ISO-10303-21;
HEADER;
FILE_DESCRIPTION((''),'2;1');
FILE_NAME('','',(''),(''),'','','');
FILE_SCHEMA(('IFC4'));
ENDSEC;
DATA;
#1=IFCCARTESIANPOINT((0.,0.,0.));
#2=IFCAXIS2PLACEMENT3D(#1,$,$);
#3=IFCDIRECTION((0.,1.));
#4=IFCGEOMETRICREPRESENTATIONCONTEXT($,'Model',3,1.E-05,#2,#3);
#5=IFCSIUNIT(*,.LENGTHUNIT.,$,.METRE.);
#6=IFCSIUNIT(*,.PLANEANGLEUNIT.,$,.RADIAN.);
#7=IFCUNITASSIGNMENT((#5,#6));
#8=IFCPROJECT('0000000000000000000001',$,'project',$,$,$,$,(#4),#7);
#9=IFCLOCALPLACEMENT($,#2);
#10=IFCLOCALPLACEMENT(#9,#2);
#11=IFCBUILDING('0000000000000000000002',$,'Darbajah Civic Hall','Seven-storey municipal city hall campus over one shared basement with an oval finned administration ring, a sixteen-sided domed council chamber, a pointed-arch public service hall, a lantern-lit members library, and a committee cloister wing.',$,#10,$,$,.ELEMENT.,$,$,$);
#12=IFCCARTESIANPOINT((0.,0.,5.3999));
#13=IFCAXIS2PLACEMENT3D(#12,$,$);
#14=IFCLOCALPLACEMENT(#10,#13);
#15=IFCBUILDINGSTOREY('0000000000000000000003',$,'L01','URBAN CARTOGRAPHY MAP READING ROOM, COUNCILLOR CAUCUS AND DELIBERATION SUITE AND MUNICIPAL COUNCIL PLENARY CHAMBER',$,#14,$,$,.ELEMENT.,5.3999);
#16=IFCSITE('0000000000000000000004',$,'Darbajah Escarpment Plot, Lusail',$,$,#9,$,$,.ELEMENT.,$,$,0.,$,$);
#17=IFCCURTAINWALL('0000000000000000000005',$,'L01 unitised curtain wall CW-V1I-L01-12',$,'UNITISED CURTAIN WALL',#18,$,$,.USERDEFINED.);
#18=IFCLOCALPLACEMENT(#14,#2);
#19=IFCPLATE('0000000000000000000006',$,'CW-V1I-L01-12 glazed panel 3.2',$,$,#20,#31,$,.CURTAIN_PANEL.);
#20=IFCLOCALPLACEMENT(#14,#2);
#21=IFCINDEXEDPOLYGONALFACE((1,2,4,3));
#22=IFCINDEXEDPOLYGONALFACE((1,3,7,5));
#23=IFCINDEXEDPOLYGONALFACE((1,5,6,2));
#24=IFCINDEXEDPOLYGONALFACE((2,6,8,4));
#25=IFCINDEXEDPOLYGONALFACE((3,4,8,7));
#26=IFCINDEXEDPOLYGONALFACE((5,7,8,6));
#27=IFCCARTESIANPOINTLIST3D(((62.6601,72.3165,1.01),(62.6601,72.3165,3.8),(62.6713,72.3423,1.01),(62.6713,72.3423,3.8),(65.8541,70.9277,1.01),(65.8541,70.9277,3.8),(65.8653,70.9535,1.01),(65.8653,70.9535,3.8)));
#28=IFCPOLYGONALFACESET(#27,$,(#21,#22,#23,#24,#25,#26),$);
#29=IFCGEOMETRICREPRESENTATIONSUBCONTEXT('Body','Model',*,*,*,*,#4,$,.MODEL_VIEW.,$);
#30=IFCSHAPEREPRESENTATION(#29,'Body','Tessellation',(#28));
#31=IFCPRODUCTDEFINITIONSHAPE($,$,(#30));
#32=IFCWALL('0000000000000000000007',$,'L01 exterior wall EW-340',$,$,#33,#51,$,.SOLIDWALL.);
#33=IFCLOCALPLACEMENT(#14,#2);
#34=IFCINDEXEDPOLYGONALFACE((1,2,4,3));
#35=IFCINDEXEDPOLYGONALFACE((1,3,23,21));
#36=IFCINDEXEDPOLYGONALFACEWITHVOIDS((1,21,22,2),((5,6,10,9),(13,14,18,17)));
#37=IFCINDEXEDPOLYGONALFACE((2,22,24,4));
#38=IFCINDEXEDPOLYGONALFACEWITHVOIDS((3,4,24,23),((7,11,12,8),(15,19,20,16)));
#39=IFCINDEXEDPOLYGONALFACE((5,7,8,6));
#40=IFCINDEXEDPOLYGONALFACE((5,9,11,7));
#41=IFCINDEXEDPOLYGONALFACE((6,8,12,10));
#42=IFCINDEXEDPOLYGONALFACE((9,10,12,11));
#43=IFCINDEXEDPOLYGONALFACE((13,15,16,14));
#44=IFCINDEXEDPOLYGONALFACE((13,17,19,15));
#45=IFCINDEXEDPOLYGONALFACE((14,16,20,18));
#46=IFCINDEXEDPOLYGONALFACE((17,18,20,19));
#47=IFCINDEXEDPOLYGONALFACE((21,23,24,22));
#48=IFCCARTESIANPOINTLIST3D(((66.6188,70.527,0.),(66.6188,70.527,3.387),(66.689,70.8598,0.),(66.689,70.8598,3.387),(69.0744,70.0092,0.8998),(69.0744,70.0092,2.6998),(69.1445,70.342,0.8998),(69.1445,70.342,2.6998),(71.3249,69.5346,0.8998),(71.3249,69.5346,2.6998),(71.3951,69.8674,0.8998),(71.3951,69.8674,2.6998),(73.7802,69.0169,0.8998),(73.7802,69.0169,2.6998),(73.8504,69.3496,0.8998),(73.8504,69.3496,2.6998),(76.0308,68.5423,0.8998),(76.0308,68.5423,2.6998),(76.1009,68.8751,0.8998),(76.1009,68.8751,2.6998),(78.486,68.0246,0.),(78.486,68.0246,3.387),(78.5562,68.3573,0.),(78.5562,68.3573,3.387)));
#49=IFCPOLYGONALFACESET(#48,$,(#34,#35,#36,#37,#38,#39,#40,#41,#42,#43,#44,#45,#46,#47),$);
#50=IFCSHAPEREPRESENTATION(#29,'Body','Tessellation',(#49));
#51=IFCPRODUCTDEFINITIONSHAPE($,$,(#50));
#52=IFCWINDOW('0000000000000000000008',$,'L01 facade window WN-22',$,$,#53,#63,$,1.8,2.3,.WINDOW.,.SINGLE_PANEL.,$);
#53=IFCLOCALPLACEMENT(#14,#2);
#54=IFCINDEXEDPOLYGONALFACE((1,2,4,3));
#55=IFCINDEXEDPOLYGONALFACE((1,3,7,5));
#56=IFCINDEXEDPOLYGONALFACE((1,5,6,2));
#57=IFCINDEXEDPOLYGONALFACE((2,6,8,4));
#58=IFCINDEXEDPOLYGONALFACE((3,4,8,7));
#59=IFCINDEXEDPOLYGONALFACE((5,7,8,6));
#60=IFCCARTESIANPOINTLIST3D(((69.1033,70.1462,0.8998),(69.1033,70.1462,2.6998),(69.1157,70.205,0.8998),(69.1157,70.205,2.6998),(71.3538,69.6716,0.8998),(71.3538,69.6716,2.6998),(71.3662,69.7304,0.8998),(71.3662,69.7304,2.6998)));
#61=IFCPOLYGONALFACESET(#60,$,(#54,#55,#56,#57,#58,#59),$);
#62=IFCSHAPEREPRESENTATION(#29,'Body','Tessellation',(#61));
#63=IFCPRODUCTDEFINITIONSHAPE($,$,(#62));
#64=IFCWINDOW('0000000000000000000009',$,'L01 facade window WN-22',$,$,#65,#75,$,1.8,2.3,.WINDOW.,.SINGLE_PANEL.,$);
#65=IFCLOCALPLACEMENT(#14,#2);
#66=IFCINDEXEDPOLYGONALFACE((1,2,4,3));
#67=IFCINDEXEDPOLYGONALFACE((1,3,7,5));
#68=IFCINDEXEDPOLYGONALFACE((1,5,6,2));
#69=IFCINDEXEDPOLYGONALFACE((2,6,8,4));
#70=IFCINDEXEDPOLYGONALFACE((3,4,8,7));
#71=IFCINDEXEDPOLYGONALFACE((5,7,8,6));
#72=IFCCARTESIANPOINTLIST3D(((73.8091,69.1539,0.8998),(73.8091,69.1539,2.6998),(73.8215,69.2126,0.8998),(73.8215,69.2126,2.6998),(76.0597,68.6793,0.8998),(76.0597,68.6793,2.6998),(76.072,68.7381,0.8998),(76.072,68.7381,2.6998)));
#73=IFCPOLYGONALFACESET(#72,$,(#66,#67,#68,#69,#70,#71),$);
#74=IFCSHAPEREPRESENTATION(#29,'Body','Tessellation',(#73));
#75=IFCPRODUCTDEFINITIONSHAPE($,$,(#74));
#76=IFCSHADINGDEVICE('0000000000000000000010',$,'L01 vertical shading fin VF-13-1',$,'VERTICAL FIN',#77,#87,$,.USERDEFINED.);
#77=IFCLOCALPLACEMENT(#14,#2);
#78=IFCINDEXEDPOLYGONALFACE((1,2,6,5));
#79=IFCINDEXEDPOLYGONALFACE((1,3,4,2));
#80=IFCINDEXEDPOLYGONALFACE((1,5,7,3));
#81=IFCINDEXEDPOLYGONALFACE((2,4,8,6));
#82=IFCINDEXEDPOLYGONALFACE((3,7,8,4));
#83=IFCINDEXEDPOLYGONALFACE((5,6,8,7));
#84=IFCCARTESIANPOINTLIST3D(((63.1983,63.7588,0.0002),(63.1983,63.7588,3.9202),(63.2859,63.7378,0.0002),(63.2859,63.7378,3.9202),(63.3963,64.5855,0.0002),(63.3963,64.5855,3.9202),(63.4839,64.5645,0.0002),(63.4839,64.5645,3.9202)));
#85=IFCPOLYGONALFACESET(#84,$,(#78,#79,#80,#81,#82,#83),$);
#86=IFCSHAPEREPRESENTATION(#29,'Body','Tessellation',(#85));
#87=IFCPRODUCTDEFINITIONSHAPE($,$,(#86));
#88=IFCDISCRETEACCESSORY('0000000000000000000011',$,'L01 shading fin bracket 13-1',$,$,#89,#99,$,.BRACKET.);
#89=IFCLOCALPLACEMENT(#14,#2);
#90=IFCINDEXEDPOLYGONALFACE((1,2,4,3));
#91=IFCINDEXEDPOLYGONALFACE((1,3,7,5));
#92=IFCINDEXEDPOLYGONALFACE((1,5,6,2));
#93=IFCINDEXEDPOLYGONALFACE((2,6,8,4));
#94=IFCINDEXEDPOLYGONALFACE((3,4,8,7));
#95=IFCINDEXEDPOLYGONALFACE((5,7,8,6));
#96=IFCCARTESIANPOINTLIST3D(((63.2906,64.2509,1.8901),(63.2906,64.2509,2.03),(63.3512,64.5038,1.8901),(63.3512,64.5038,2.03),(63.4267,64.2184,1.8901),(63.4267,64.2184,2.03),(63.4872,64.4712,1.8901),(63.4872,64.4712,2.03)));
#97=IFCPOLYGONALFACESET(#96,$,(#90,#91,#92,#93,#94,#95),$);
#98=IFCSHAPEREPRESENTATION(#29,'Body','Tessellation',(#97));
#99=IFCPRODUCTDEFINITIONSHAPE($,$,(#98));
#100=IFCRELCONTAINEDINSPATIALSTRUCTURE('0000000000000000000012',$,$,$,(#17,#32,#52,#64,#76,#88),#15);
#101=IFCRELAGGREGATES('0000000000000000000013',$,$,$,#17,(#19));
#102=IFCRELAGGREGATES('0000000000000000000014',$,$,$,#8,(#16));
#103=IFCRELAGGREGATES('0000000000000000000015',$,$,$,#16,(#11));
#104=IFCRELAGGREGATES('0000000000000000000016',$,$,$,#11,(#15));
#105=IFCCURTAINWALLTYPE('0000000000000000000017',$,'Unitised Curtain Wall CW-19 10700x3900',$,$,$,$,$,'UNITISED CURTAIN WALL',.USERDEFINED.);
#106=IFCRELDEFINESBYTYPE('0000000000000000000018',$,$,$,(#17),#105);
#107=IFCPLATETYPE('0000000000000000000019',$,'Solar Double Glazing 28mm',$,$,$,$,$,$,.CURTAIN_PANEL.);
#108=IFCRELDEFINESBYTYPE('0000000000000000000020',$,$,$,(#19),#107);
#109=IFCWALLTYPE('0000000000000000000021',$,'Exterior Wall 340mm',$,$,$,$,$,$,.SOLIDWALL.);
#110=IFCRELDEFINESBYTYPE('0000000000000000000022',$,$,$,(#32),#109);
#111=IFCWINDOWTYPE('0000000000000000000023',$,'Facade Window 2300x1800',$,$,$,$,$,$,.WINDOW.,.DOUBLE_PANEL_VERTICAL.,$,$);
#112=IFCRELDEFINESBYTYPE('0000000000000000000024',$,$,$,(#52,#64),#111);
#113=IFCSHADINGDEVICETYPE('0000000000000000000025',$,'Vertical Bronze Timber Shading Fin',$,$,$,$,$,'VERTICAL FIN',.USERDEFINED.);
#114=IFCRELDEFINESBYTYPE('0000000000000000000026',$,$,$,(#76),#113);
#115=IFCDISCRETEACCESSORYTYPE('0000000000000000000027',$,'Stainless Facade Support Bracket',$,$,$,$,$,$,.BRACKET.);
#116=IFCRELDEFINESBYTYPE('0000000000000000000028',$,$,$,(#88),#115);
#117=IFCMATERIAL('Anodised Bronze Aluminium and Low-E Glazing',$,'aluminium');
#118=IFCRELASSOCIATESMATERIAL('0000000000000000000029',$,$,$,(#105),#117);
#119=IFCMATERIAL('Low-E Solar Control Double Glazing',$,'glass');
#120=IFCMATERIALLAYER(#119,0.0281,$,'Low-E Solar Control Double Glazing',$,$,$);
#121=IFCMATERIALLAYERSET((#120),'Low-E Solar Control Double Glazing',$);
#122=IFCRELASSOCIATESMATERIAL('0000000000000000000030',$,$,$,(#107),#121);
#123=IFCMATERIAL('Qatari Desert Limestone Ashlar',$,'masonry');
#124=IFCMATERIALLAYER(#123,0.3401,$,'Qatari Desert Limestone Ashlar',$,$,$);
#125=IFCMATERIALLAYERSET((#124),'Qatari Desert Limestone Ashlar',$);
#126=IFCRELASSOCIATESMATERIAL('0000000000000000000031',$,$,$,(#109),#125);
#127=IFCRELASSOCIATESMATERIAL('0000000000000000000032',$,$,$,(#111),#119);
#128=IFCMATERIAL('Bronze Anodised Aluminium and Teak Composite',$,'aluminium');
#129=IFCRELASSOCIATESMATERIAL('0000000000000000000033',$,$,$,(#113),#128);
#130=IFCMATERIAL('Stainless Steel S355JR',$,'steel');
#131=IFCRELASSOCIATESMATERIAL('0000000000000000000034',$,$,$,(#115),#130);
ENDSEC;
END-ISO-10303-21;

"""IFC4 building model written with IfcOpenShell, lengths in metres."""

from ifc_helpers import new_model, si_unit, direction, frame, frame_2d, origin, origin_2d, place, context, subcontext, project, spatial, rectangle, extrude, material, layer, layer_set, type_object, element, fill, aggregate, save


model = new_model("IFC4")

# Units and contexts
model_context = context("Model", 3, precision=1e-05, world=origin(), true_north=direction((0.0, 1.0)))
body_context = subcontext(model_context, "Body", "Model", "MODEL_VIEW")
ifc_project = project(units=[si_unit("LENGTHUNIT", "METRE"), si_unit("PLANEANGLEUNIT", "RADIAN")], contexts=[model_context])

# Site, building, storey
site_placement = place(None, origin())
site = spatial("IfcSite", under=ifc_project, at=site_placement, Name="Darbajah Escarpment Plot, Lusail", CompositionType="ELEMENT", RefElevation=0.0)
building_placement = place(site_placement, origin())
building = spatial("IfcBuilding", under=site, at=building_placement, Name="Darbajah Civic Hall", Description="Seven-storey municipal city hall campus over one shared basement with an oval finned administration ring, a sixteen-sided domed council chamber, a pointed-arch public service hall, a lantern-lit members library, and a committee cloister wing.", CompositionType="ELEMENT")
storey_placement = place(building_placement, frame((0.0, 0.0, 5.3999)))
storey = spatial("IfcBuildingStorey", under=building, at=storey_placement, Name="L01", Description="URBAN CARTOGRAPHY MAP READING ROOM, COUNCILLOR CAUCUS AND DELIBERATION SUITE AND MUNICIPAL COUNCIL PLENARY CHAMBER", CompositionType="ELEMENT", Elevation=5.3999)

# Curtain wall
ifc_material_1 = material(Name="Anodised Bronze Aluminium and Low-E Glazing", Category="aluminium")
curtain_wall_type_1 = type_object("IfcCurtainWallType", Name="Unitised Curtain Wall CW-19 10700x3900", ElementType="UNITISED CURTAIN WALL", PredefinedType="USERDEFINED", material=ifc_material_1)
curtain_wall_1_placement = place(storey_placement, origin())
curtain_wall_1 = element("IfcCurtainWall", 1, at=curtain_wall_1_placement, inside=storey, type_object=curtain_wall_type_1, Name="L01 unitised curtain wall CW-V1I-L01-12", ObjectType="UNITISED CURTAIN WALL", PredefinedType="USERDEFINED")

# Plate
ifc_material_2 = material(Name="Low-E Solar Control Double Glazing", Category="glass")
ifc_layer_1 = layer(ifc_material_2, 0.0281, Name="Low-E Solar Control Double Glazing")
ifc_layer_set_1 = layer_set([ifc_layer_1], Name="Low-E Solar Control Double Glazing")
plate_type = type_object("IfcPlateType", Name="Solar Double Glazing 28mm", PredefinedType="CURTAIN_PANEL", material=ifc_layer_set_1)
plate_1_placement = place(storey_placement, frame((64.2627, 71.635, 1.01), z_axis=(0.0, 0.0, 1.0), x_axis=(0.91706, -0.398749, 0.0)))
plate_1 = element("IfcPlate", 2, at=plate_1_placement, type_object=plate_type, Name="CW-V1I-L01-12 glazed panel 3.2", PredefinedType="CURTAIN_PANEL", context=body_context, shape_type="SweptSolid", body=[
    extrude(rectangle(XDim=3.4829, YDim=0.0281, at=origin_2d()), origin(), (0.0, 0.0, 1.0), 2.79),
])
aggregate(curtain_wall_1, [plate_1])

# Wall, openings, windows
ifc_material_3 = material(Name="Qatari Desert Limestone Ashlar", Category="masonry")
ifc_layer_2 = layer(ifc_material_3, 0.3401, Name="Qatari Desert Limestone Ashlar")
ifc_layer_set_2 = layer_set([ifc_layer_2], Name="Qatari Desert Limestone Ashlar")
wall_type = type_object("IfcWallType", Name="Exterior Wall 340mm", PredefinedType="SOLIDWALL", material=ifc_layer_set_2)
wall_placement = place(storey_placement, frame((66.6541, 70.6934, 0.0), z_axis=(0.0, 0.0, 1.0), x_axis=(0.978482, -0.206333, 0.0)))
wall = element("IfcWall", 3, at=wall_placement, inside=storey, type_object=wall_type, Name="L01 exterior wall EW-340", PredefinedType="SOLIDWALL", context=body_context, shape_type="SweptSolid", body=[
    extrude(rectangle(XDim=12.1282, YDim=0.3401, at=frame_2d((6.064, 0.0))), origin(), (0.0, 0.0, 1.0), 3.387),
])
opening_1_placement = place(wall_placement, frame((2.5095, 0.0, 0.8999)))
opening_1 = element("IfcOpeningElement", 4, at=opening_1_placement, cuts=wall, PredefinedType="OPENING", context=body_context, shape_type="SweptSolid", body=[
    extrude(rectangle(XDim=2.3, YDim=1.8, at=frame_2d((1.1499, 0.8999))), frame((0.0, 0.1799, 0.0), z_axis=(0.0, -1.0, 0.0), x_axis=(1.0, 0.0, 0.0)), (0.0, 0.0, 1.0), 0.3601),
])
opening_2_placement = place(wall_placement, frame((7.3188, 0.0, 0.8999)))
opening_2 = element("IfcOpeningElement", 5, at=opening_2_placement, cuts=wall, PredefinedType="OPENING", context=body_context, shape_type="SweptSolid", body=[
    extrude(rectangle(XDim=2.3, YDim=1.8, at=frame_2d((1.1499, 0.8999))), frame((0.0, 0.1799, 0.0), z_axis=(0.0, -1.0, 0.0), x_axis=(1.0, 0.0, 0.0)), (0.0, 0.0, 1.0), 0.3601),
])
window_type = type_object("IfcWindowType", Name="Facade Window 2300x1800", PartitioningType="DOUBLE_PANEL_VERTICAL", PredefinedType="WINDOW", material=ifc_material_2)
window_1_placement = place(opening_1_placement, origin())
window_1 = element("IfcWindow", 6, at=window_1_placement, inside=storey, type_object=window_type, Name="L01 facade window WN-22", OverallHeight=1.8, OverallWidth=2.3, PartitioningType="SINGLE_PANEL", PredefinedType="WINDOW", context=body_context, shape_type="SweptSolid", body=[
    extrude(rectangle(XDim=2.3, YDim=1.8, at=frame_2d((1.1499, 0.8999))), frame((0.0, 0.03, 0.0), z_axis=(0.0, -1.0, 0.0), x_axis=(1.0, 0.0, 0.0)), (0.0, 0.0, 1.0), 0.0601),
])
fill(opening_1, window_1)
window_2_placement = place(opening_2_placement, origin())
window_2 = element("IfcWindow", 7, at=window_2_placement, inside=storey, type_object=window_type, Name="L01 facade window WN-22", OverallHeight=1.8, OverallWidth=2.3, PartitioningType="SINGLE_PANEL", PredefinedType="WINDOW", context=body_context, shape_type="SweptSolid", body=[
    extrude(rectangle(XDim=2.3, YDim=1.8, at=frame_2d((1.1499, 0.8999))), frame((0.0, 0.03, 0.0), z_axis=(0.0, -1.0, 0.0), x_axis=(1.0, 0.0, 0.0)), (0.0, 0.0, 1.0), 0.0601),
])
fill(opening_2, window_2)

# Shading device
ifc_material_4 = material(Name="Bronze Anodised Aluminium and Teak Composite", Category="aluminium")
shading_device_type = type_object("IfcShadingDeviceType", Name="Vertical Bronze Timber Shading Fin", ElementType="VERTICAL FIN", PredefinedType="USERDEFINED", material=ifc_material_4)
shading_device_placement = place(storey_placement, frame((63.3411, 64.1616, 0.0002), z_axis=(0.0, 0.0, 1.0), x_axis=(-0.232936, -0.972492, 0.0)))
element("IfcShadingDevice", 8, at=shading_device_placement, inside=storey, type_object=shading_device_type, Name="L01 vertical shading fin VF-13-1", ObjectType="VERTICAL FIN", PredefinedType="USERDEFINED", context=body_context, shape_type="SweptSolid", body=[
    extrude(rectangle(XDim=0.8501, YDim=0.0901, at=origin_2d()), origin(), (0.0, 0.0, 1.0), 3.9199),
])

# Discrete accessory
ifc_material_5 = material(Name="Stainless Steel S355JR", Category="steel")
discrete_accessory_type = type_object("IfcDiscreteAccessoryType", Name="Stainless Facade Support Bracket", PredefinedType="BRACKET", material=ifc_material_5)
discrete_accessory_placement = place(storey_placement, frame((63.3889, 64.3611, 1.8901), z_axis=(0.0, 0.0, 1.0), x_axis=(-0.232936, -0.972492, 0.0)))
element("IfcDiscreteAccessory", 9, at=discrete_accessory_placement, inside=storey, type_object=discrete_accessory_type, Name="L01 shading fin bracket 13-1", PredefinedType="BRACKET", context=body_context, shape_type="SweptSolid", body=[
    extrude(rectangle(XDim=0.26, YDim=0.1399, at=origin_2d()), origin(), (0.0, 0.0, 1.0), 0.1399),
])

save(model, "model.ifc")
